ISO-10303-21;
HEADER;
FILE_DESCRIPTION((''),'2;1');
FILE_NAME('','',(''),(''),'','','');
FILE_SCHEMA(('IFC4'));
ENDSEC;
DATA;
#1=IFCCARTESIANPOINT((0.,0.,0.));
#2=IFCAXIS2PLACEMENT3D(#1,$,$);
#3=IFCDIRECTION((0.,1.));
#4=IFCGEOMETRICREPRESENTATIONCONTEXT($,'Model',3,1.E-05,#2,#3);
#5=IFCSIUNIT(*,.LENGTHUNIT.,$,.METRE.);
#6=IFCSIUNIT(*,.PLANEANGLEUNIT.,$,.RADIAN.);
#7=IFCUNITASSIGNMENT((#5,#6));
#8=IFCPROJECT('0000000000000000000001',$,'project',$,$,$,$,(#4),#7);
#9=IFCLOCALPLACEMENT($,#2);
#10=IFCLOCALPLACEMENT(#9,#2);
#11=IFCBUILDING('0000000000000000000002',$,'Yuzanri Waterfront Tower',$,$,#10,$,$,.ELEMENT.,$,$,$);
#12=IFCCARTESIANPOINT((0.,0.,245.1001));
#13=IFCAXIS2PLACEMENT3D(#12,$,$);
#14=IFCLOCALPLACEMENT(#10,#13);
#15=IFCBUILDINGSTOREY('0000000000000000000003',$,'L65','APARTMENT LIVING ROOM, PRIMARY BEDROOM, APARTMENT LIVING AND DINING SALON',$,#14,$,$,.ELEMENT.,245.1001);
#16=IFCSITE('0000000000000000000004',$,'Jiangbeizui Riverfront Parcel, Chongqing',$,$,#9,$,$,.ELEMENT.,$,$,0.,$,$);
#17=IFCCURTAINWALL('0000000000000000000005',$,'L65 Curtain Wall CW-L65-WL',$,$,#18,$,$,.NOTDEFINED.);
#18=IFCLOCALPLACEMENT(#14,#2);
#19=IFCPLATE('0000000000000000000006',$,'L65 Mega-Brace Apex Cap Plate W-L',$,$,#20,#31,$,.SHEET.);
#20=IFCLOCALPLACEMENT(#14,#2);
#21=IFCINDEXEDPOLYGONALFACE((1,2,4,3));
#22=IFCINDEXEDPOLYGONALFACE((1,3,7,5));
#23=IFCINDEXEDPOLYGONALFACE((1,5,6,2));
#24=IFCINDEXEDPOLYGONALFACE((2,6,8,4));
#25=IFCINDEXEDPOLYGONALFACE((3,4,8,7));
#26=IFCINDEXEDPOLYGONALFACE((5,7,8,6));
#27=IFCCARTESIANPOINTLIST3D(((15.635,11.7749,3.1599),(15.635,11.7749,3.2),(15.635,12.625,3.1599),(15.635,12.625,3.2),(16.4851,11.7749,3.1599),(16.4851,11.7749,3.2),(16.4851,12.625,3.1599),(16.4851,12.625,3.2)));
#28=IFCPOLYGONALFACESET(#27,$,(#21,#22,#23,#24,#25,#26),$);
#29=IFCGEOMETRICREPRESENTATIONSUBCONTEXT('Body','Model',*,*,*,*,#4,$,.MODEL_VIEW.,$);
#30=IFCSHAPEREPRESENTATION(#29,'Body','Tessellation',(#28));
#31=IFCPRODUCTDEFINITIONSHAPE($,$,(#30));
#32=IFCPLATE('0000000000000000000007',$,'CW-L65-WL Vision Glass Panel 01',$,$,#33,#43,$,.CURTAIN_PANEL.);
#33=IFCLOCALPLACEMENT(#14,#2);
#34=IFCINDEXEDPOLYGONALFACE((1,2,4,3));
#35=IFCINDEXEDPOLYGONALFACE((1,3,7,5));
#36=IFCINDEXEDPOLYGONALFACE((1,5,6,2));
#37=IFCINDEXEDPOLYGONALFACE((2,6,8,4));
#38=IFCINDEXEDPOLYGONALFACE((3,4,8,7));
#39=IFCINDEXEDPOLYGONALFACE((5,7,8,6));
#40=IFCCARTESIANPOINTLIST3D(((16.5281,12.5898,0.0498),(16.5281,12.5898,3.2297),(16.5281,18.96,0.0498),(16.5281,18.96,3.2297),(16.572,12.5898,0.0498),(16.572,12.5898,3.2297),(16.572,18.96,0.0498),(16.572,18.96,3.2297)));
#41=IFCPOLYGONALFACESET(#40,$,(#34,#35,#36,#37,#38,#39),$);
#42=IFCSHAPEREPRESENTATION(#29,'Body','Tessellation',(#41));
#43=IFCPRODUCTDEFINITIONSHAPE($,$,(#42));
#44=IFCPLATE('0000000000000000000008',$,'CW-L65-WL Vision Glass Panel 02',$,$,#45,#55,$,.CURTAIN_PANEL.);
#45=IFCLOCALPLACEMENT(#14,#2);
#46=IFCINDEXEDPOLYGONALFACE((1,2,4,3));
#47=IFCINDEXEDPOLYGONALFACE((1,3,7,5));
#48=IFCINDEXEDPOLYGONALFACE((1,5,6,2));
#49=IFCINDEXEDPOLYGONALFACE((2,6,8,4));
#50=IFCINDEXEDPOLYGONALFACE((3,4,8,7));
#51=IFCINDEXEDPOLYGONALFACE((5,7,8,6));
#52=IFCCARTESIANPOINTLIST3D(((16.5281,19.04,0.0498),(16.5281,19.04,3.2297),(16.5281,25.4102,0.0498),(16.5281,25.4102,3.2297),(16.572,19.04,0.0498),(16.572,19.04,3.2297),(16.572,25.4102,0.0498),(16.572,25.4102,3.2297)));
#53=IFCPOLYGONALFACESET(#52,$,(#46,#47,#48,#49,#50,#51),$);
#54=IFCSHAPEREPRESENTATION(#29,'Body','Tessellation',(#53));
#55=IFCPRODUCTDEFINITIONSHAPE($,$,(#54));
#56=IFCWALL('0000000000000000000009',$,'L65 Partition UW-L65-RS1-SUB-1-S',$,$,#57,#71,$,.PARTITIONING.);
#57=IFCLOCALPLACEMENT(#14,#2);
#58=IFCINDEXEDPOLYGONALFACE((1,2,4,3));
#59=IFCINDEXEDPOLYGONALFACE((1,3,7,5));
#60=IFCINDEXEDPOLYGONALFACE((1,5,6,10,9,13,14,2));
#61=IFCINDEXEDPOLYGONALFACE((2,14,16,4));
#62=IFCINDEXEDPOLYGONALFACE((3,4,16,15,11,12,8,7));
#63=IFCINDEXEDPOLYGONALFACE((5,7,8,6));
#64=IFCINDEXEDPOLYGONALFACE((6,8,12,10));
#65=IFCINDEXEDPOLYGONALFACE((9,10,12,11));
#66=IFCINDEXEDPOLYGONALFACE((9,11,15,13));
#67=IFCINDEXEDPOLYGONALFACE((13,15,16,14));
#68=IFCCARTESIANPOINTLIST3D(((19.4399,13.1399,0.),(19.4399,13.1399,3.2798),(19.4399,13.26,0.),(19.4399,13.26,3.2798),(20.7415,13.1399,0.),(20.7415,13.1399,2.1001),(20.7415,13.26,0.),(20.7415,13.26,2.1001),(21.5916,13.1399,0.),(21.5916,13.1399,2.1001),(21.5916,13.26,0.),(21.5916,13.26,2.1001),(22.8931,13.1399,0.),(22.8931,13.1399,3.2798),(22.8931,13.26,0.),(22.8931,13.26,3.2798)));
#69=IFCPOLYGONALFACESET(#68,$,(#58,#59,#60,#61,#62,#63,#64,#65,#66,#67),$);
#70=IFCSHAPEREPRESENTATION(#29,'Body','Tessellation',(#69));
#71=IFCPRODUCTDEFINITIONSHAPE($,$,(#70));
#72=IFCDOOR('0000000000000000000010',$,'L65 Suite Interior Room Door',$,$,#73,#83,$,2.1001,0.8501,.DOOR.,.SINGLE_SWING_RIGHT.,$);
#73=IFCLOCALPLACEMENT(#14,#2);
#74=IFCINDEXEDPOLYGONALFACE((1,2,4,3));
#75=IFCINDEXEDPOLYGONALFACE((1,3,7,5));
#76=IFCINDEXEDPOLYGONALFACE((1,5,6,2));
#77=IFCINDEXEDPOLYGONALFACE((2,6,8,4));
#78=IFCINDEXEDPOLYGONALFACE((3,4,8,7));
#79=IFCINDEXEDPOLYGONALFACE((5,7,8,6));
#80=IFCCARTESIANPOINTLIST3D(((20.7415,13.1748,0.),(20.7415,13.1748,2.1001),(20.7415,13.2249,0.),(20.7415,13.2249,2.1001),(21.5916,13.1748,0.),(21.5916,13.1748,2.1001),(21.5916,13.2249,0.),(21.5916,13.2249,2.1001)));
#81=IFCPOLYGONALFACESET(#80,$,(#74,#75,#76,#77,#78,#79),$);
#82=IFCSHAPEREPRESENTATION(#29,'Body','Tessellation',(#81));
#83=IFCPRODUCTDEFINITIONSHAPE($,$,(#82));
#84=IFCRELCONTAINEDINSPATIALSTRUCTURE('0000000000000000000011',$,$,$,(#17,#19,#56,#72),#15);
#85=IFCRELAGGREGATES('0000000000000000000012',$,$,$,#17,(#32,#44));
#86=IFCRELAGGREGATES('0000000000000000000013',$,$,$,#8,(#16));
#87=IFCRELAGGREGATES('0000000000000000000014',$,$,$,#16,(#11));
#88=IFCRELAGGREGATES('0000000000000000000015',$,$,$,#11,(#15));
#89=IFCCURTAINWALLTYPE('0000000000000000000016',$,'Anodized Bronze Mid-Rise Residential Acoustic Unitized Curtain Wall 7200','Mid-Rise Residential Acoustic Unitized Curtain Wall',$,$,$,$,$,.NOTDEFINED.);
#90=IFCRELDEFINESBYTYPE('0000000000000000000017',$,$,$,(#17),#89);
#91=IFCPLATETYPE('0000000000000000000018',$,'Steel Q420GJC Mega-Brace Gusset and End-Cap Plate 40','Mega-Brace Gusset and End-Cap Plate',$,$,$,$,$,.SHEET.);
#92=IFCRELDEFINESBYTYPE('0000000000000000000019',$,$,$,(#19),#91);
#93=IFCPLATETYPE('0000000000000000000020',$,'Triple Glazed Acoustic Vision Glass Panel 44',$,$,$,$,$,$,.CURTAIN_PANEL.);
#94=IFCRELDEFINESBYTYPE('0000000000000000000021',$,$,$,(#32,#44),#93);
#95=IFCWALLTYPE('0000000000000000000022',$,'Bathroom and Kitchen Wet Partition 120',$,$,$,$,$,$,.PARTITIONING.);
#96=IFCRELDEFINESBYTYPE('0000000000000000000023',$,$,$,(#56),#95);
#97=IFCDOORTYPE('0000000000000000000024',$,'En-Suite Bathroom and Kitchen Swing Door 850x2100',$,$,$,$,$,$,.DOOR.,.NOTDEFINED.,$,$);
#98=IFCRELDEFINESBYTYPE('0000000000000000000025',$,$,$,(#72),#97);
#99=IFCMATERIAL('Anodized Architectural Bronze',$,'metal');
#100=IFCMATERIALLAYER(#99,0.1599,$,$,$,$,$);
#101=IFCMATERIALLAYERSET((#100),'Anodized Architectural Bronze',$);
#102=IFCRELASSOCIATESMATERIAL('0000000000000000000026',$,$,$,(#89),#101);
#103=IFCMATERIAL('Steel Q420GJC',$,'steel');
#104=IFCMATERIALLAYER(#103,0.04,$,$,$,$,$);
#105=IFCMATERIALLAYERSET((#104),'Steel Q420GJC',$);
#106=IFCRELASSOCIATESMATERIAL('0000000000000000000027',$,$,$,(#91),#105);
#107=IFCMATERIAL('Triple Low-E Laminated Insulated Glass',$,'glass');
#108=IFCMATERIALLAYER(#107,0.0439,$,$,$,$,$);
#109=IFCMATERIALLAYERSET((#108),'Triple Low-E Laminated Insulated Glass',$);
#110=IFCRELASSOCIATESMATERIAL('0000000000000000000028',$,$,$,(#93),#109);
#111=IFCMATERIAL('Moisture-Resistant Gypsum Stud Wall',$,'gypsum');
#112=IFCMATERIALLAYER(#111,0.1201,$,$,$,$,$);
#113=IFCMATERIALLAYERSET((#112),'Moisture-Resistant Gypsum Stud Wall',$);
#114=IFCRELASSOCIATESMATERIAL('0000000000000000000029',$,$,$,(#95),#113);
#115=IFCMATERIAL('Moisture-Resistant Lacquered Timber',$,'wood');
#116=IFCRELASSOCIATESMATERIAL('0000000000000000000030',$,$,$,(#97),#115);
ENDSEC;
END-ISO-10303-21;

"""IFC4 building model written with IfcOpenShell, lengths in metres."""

from ifc_helpers import new_model, si_unit, direction, frame, frame_2d, origin, origin_2d, place, context, subcontext, project, spatial, rectangle, extrude, source, transform, mapped, material, layer, layer_set, type_object, element, fill, aggregate, save


model = new_model("IFC4")

# Units and contexts
model_context = context("Model", 3, precision=1e-05, world=origin(), true_north=direction((0.0, 1.0)))
body_context = subcontext(model_context, "Body", "Model", "MODEL_VIEW")
ifc_project = project(units=[si_unit("LENGTHUNIT", "METRE"), si_unit("PLANEANGLEUNIT", "RADIAN")], contexts=[model_context])

# Site, building, storey
site_placement = place(None, origin())
site = spatial("IfcSite", under=ifc_project, at=site_placement, Name="Jiangbeizui Riverfront Parcel, Chongqing", CompositionType="ELEMENT", RefElevation=0.0)
building_placement = place(site_placement, origin())
building = spatial("IfcBuilding", under=site, at=building_placement, Name="Yuzanri Waterfront Tower", CompositionType="ELEMENT")
storey_placement = place(building_placement, frame((0.0, 0.0, 245.1001)))
storey = spatial("IfcBuildingStorey", under=building, at=storey_placement, Name="L65", Description="APARTMENT LIVING ROOM, PRIMARY BEDROOM, APARTMENT LIVING AND DINING SALON", CompositionType="ELEMENT", Elevation=245.1001)

# Curtain wall
ifc_material_1 = material(Name="Anodized Architectural Bronze", Category="metal")
ifc_layer_1 = layer(ifc_material_1, 0.1599)
ifc_layer_set_1 = layer_set([ifc_layer_1], Name="Anodized Architectural Bronze")
curtain_wall_type = type_object("IfcCurtainWallType", Name="Anodized Bronze Mid-Rise Residential Acoustic Unitized Curtain Wall 7200", Description="Mid-Rise Residential Acoustic Unitized Curtain Wall", PredefinedType="NOTDEFINED", material=ifc_layer_set_1)
curtain_wall_placement = place(storey_placement, origin())
curtain_wall = element("IfcCurtainWall", 1, at=curtain_wall_placement, inside=storey, type_object=curtain_wall_type, Name="L65 Curtain Wall CW-L65-WL", PredefinedType="NOTDEFINED")

# Plates
ifc_material_2 = material(Name="Steel Q420GJC", Category="steel")
ifc_layer_2 = layer(ifc_material_2, 0.04)
ifc_layer_set_2 = layer_set([ifc_layer_2], Name="Steel Q420GJC")
plate_type_1 = type_object("IfcPlateType", Name="Steel Q420GJC Mega-Brace Gusset and End-Cap Plate 40", Description="Mega-Brace Gusset and End-Cap Plate", PredefinedType="SHEET", material=ifc_layer_set_2)
shared_shape_1 = source(origin(), body_context, "Body", "SweptSolid", [
    extrude(rectangle(XDim=0.8501, YDim=0.8501, at=origin_2d()), origin(), (0.0, 0.0, 1.0), 0.04),
])
plate_1_placement = place(storey_placement, frame((16.0601, 12.2, 3.1599), z_axis=(0.0, 0.0, 1.0), x_axis=(1.0, 0.0, 0.0)))
element("IfcPlate", 2, at=plate_1_placement, inside=storey, type_object=plate_type_1, Name="L65 Mega-Brace Apex Cap Plate W-L", PredefinedType="SHEET", context=body_context, shape_type="MappedRepresentation", body=[
    mapped(shared_shape_1, transform((0.0, 0.0, 0.0), scale=1.0)),
])
ifc_material_3 = material(Name="Triple Low-E Laminated Insulated Glass", Category="glass")
ifc_layer_3 = layer(ifc_material_3, 0.0439)
ifc_layer_set_3 = layer_set([ifc_layer_3], Name="Triple Low-E Laminated Insulated Glass")
plate_type_2 = type_object("IfcPlateType", Name="Triple Glazed Acoustic Vision Glass Panel 44", PredefinedType="CURTAIN_PANEL", material=ifc_layer_set_3)
shared_shape_2 = source(origin(), body_context, "Body", "SweptSolid", [
    extrude(rectangle(XDim=6.3701, YDim=0.0439, at=origin_2d()), origin(), (0.0, 0.0, 1.0), 3.1799),
])
plate_2_placement = place(storey_placement, frame((16.55, 15.7749, 0.0498), z_axis=(0.0, 0.0, 1.0), x_axis=(0.0, 1.0, 0.0)))
plate_2 = element("IfcPlate", 3, at=plate_2_placement, type_object=plate_type_2, Name="CW-L65-WL Vision Glass Panel 01", PredefinedType="CURTAIN_PANEL", context=body_context, shape_type="MappedRepresentation", body=[
    mapped(shared_shape_2, transform((0.0, 0.0, 0.0), scale=1.0)),
])
plate_3_placement = place(storey_placement, frame((16.55, 22.2251, 0.0498), z_axis=(0.0, 0.0, 1.0), x_axis=(0.0, 1.0, 0.0)))
plate_3 = element("IfcPlate", 4, at=plate_3_placement, type_object=plate_type_2, Name="CW-L65-WL Vision Glass Panel 02", PredefinedType="CURTAIN_PANEL", context=body_context, shape_type="MappedRepresentation", body=[
    mapped(shared_shape_2, transform((0.0, 0.0, 0.0), scale=1.0)),
])
aggregate(curtain_wall, [plate_2, plate_3])

# Wall, opening, door
ifc_material_4 = material(Name="Moisture-Resistant Gypsum Stud Wall", Category="gypsum")
ifc_layer_4 = layer(ifc_material_4, 0.1201)
ifc_layer_set_4 = layer_set([ifc_layer_4], Name="Moisture-Resistant Gypsum Stud Wall")
wall_type_1 = type_object("IfcWallType", Name="Bathroom and Kitchen Wet Partition 120", PredefinedType="PARTITIONING", material=ifc_layer_set_4)
wall_1_placement = place(storey_placement, frame((19.4399, 13.2, 0.0), z_axis=(0.0, 0.0, 1.0), x_axis=(1.0, 0.0, 0.0)))
wall_1 = element("IfcWall", 5, at=wall_1_placement, inside=storey, type_object=wall_type_1, Name="L65 Partition UW-L65-RS1-SUB-1-S", PredefinedType="PARTITIONING", context=body_context, shape_type="SweptSolid", body=[
    extrude(rectangle(XDim=3.4531, YDim=0.1201, at=frame_2d((1.7266, 0.0))), origin(), (0.0, 0.0, 1.0), 3.2798),
])
opening_1_placement = place(wall_1_placement, frame((1.3015, 0.0, 0.0)))
opening_1 = element("IfcOpeningElement", 6, at=opening_1_placement, cuts=wall_1, PredefinedType="OPENING", context=body_context, shape_type="SweptSolid", body=[
    extrude(rectangle(XDim=0.8501, YDim=2.1001, at=frame_2d((0.425, 1.05))), frame((0.0, 0.075, 0.0), z_axis=(0.0, -1.0, 0.0), x_axis=(1.0, 0.0, 0.0)), (0.0, 0.0, 1.0), 0.1499),
])
ifc_material_5 = material(Name="Moisture-Resistant Lacquered Timber", Category="wood")
door_type_1 = type_object("IfcDoorType", Name="En-Suite Bathroom and Kitchen Swing Door 850x2100", OperationType="NOTDEFINED", PredefinedType="DOOR", material=ifc_material_5)
shared_shape_3 = source(origin(), body_context, "Body", "SweptSolid", [
    extrude(rectangle(XDim=0.8501, YDim=2.1001, at=frame_2d((0.425, 1.05))), frame((0.0, 0.0249, 0.0), z_axis=(0.0, -1.0, 0.0), x_axis=(1.0, 0.0, 0.0)), (0.0, 0.0, 1.0), 0.05),
])
door_1_placement = place(opening_1_placement, origin())
door_1 = element("IfcDoor", 7, at=door_1_placement, inside=storey, type_object=door_type_1, Name="L65 Suite Interior Room Door", OperationType="SINGLE_SWING_RIGHT", OverallHeight=2.1001, OverallWidth=0.8501, PredefinedType="DOOR", context=body_context, shape_type="MappedRepresentation", body=[
    mapped(shared_shape_3, transform((0.0, 0.0, 0.0), scale=1.0)),
])
fill(opening_1, door_1)

save(model, "model.ifc")
